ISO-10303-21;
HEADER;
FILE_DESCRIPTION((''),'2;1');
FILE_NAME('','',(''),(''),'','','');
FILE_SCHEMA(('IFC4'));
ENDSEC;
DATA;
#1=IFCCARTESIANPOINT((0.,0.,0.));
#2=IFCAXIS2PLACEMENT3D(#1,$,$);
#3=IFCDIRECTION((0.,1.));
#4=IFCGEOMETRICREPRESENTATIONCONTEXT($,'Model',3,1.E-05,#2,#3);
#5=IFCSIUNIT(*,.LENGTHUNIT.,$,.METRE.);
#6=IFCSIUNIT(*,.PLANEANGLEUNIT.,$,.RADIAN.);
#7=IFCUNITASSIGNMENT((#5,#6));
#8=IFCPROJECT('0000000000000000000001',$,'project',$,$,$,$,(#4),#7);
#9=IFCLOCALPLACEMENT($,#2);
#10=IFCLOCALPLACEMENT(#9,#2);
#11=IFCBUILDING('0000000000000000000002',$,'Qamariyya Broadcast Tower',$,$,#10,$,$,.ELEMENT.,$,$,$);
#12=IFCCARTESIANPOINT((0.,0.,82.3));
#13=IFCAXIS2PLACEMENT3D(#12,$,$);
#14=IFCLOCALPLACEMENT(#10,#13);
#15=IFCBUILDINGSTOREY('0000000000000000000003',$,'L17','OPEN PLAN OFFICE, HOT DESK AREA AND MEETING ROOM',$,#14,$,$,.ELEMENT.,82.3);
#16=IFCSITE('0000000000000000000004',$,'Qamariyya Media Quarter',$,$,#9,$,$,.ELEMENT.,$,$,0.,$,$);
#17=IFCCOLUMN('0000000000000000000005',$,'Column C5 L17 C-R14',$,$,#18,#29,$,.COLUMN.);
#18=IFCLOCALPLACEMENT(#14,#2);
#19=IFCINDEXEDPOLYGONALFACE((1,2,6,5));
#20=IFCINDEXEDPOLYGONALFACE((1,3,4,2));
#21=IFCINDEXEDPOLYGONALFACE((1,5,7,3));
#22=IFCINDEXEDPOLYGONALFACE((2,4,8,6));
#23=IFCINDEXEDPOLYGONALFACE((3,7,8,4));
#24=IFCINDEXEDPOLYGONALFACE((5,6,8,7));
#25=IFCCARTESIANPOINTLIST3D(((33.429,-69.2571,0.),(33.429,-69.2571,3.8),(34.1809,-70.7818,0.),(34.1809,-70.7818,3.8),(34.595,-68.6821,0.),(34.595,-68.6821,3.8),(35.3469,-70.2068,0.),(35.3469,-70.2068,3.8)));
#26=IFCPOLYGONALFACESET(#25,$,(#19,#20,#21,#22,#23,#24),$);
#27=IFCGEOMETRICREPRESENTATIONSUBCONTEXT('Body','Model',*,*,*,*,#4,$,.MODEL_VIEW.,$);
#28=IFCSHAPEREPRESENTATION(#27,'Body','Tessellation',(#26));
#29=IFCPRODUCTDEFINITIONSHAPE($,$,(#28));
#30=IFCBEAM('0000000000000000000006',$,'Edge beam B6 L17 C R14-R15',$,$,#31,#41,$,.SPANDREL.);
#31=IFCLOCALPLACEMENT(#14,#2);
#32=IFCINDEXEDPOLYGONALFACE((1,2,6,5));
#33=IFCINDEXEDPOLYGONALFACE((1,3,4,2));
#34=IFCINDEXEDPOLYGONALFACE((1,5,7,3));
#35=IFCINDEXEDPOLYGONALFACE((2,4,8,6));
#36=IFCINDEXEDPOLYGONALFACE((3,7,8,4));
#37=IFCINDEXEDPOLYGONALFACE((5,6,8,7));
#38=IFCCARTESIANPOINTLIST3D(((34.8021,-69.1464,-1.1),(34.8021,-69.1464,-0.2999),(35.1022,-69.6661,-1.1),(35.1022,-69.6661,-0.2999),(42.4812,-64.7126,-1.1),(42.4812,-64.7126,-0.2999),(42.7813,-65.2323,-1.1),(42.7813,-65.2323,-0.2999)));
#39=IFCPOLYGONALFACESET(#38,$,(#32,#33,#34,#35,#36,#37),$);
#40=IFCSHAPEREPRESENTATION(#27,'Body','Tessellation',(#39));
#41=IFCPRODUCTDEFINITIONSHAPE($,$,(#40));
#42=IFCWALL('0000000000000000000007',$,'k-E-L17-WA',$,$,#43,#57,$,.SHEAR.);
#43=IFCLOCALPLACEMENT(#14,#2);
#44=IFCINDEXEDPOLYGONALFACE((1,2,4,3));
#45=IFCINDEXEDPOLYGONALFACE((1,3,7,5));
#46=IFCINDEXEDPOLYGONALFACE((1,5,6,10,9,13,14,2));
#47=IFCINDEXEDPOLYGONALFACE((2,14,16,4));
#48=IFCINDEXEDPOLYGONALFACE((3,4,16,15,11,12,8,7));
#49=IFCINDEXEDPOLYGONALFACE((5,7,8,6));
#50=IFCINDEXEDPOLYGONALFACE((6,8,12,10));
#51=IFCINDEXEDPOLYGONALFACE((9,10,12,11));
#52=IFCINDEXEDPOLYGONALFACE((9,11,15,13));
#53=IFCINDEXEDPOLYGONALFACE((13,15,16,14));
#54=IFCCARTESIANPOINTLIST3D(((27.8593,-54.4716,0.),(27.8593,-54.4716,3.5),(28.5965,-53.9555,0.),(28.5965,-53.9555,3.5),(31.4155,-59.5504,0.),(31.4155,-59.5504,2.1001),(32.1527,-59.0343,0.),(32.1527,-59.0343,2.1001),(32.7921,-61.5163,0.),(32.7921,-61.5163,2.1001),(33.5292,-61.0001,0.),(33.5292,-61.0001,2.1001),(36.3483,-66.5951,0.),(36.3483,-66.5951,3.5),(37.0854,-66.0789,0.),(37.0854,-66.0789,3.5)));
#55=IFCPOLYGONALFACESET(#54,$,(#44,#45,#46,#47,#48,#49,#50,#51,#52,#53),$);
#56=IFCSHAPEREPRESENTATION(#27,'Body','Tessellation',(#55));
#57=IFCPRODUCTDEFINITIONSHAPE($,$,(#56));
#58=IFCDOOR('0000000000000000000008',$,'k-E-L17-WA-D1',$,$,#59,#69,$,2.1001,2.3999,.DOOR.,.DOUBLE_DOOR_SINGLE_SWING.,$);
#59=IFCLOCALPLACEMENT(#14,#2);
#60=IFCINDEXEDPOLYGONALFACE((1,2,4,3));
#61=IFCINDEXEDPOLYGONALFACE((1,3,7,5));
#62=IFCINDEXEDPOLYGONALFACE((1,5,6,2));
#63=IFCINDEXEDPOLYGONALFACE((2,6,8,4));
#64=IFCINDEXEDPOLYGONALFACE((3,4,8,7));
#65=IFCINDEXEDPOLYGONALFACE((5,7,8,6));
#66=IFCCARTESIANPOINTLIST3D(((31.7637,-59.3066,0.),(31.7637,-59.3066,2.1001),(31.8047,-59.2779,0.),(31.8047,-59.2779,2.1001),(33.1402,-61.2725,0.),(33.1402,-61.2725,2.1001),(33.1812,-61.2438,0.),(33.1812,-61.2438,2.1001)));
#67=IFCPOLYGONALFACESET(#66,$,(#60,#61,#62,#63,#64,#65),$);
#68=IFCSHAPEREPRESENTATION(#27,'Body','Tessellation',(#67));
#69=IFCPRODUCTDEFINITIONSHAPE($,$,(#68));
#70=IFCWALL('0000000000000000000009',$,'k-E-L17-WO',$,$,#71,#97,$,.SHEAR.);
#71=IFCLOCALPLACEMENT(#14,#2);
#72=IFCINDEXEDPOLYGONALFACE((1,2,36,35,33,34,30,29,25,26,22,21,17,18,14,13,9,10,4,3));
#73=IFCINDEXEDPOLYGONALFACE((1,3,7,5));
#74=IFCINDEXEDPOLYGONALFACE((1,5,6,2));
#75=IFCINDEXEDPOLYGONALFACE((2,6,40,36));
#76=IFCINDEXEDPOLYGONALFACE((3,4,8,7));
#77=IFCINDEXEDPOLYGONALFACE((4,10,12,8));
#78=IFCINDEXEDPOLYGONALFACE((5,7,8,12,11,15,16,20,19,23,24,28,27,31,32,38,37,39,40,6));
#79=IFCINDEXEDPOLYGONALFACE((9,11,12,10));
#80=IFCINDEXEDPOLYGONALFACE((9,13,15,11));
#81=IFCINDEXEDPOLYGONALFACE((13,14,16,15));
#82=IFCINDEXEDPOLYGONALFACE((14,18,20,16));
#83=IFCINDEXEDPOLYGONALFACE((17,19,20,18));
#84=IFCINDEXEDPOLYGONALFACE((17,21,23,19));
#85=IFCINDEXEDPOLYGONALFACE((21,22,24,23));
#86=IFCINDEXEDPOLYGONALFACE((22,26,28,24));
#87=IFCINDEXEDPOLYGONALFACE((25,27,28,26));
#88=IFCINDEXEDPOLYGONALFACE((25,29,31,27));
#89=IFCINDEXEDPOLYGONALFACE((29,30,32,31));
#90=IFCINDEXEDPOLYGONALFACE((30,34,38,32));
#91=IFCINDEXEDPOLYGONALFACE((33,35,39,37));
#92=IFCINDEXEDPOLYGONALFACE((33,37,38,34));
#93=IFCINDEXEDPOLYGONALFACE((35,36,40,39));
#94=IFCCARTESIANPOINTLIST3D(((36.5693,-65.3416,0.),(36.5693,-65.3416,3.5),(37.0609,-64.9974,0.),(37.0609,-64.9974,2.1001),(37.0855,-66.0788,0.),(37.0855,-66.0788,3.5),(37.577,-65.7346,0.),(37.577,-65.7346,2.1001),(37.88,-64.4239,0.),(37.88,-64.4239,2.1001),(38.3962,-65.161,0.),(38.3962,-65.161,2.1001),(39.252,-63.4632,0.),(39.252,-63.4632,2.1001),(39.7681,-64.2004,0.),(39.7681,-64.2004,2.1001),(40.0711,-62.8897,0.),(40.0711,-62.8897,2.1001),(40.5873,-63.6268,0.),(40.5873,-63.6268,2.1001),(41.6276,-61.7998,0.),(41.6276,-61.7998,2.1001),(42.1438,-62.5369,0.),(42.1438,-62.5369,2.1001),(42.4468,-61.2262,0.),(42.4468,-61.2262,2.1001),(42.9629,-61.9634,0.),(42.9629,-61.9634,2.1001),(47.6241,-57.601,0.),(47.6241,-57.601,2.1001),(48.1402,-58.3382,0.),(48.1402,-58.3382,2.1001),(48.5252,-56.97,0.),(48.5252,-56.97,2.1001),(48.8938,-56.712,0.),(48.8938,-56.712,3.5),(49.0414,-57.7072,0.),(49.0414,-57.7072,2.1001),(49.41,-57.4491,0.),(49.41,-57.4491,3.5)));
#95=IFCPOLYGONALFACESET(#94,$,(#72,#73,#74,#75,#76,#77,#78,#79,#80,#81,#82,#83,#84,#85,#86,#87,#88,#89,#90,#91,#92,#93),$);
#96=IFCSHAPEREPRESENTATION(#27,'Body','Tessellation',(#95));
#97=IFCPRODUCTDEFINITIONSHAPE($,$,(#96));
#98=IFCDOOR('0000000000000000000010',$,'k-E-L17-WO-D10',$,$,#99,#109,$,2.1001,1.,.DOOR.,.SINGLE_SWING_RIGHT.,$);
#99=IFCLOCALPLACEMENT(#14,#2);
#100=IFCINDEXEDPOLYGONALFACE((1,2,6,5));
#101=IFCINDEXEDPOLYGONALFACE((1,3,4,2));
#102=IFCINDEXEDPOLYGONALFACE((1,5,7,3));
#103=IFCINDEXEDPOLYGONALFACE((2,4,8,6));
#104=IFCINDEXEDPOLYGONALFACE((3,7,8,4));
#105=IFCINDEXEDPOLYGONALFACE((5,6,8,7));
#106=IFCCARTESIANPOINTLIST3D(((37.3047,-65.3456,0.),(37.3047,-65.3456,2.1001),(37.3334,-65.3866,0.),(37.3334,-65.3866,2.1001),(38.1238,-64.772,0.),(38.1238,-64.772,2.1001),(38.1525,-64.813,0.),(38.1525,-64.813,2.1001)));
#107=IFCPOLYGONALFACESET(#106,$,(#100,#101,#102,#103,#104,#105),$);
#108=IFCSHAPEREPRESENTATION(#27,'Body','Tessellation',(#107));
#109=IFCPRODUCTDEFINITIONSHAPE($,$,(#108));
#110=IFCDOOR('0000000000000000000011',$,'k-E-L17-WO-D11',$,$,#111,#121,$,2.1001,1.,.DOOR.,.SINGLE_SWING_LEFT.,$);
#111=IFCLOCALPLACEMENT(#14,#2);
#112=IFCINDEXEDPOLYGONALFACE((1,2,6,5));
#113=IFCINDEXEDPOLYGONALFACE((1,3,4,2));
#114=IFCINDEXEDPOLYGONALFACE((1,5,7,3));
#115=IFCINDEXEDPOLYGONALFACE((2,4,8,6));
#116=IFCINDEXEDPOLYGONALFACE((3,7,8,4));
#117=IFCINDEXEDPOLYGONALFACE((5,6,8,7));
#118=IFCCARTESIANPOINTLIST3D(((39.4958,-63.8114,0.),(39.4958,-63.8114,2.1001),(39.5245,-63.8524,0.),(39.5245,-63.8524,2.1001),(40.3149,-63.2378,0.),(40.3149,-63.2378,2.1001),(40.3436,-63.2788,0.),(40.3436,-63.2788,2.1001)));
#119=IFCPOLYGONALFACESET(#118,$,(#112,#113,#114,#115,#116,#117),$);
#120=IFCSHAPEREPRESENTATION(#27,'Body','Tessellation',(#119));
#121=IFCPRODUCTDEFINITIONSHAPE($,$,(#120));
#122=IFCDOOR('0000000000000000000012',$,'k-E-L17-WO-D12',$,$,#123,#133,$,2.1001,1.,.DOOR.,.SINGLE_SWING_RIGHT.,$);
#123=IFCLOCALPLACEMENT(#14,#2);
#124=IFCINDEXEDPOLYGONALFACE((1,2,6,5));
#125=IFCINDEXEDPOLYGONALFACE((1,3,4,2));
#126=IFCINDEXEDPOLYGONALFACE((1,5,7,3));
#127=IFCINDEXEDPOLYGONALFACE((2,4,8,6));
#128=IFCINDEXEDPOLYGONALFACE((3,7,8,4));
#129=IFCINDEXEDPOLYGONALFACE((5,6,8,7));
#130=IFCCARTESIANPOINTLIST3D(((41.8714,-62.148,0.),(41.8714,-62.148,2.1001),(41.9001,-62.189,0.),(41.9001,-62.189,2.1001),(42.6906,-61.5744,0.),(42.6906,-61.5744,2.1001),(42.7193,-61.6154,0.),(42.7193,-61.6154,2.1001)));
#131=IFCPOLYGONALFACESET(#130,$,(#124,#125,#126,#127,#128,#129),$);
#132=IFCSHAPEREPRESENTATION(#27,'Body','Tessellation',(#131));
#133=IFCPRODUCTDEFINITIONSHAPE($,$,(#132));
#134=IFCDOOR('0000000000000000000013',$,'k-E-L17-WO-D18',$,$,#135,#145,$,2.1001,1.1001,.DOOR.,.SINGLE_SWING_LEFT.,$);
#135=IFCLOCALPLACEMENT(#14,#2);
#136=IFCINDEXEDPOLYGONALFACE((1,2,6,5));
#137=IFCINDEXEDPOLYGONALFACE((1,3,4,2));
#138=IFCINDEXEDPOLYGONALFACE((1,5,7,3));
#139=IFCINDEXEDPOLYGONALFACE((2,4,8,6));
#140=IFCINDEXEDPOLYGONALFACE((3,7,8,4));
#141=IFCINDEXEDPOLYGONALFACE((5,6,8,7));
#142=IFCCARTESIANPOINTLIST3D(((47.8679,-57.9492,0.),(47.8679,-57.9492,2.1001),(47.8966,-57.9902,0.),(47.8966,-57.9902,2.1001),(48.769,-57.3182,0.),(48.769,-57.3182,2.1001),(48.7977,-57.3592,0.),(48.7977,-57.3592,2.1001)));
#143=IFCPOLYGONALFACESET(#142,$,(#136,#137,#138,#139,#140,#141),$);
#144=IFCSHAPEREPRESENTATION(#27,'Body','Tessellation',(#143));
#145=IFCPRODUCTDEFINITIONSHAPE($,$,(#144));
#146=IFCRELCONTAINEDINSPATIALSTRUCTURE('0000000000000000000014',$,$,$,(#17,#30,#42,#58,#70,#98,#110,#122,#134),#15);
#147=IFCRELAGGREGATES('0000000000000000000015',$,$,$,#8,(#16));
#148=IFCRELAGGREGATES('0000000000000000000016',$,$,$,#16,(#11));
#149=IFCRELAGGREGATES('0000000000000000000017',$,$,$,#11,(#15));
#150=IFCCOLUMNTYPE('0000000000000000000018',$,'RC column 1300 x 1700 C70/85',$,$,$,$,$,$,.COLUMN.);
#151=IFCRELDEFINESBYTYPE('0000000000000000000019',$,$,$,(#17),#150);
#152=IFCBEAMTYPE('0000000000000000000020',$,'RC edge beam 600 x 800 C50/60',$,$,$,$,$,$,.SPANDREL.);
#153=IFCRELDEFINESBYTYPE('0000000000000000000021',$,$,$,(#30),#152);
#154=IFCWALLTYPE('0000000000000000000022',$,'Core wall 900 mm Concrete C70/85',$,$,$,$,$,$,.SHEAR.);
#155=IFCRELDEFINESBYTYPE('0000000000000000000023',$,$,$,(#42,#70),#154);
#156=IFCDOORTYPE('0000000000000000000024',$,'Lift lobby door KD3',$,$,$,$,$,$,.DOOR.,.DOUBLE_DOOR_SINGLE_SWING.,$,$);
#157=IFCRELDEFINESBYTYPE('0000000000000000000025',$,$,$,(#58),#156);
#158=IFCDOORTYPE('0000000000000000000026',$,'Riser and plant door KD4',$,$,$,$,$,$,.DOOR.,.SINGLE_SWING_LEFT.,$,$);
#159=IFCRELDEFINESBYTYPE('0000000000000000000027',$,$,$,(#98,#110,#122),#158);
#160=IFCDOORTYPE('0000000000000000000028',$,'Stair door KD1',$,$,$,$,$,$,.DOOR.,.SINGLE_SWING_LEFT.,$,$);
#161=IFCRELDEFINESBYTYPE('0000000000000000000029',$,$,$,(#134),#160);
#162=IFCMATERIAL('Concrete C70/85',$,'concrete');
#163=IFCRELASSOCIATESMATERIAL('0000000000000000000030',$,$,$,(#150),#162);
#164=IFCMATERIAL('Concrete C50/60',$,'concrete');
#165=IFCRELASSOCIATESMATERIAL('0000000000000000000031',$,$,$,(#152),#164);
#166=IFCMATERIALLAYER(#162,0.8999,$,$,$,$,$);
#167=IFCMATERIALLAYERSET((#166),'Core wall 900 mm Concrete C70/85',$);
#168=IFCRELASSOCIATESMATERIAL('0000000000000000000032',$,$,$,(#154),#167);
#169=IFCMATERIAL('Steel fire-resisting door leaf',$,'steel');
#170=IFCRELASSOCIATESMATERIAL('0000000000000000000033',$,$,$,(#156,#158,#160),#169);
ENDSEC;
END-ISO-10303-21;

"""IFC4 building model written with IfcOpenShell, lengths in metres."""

from ifc_helpers import new_model, si_unit, direction, frame, frame_2d, origin, origin_2d, place, context, subcontext, project, spatial, rectangle, extrude, material, layer, layer_set, material_profile, profile_set, type_object, element, fill, save


model = new_model("IFC4")

# Units and contexts
model_context = context("Model", 3, precision=1e-05, world=origin(), true_north=direction((0.0, 1.0)))
body_context = subcontext(model_context, "Body", "Model", "MODEL_VIEW")
ifc_project = project(units=[si_unit("LENGTHUNIT", "METRE"), si_unit("PLANEANGLEUNIT", "RADIAN")], contexts=[model_context])

# Site, building, storey
site_placement = place(None, origin())
site = spatial("IfcSite", under=ifc_project, at=site_placement, Name="Qamariyya Media Quarter", CompositionType="ELEMENT", RefElevation=0.0)
building_placement = place(site_placement, origin())
building = spatial("IfcBuilding", under=site, at=building_placement, Name="Qamariyya Broadcast Tower", CompositionType="ELEMENT")
storey_placement = place(building_placement, frame((0.0, 0.0, 82.3)))
storey = spatial("IfcBuildingStorey", under=building, at=storey_placement, Name="L17", Description="OPEN PLAN OFFICE, HOT DESK AREA AND MEETING ROOM", CompositionType="ELEMENT", Elevation=82.3)

# Column
ifc_material_1 = material(Name="Concrete C70/85", Category="concrete")
ifc_material_profile_1 = material_profile(ifc_material_1, rectangle(XDim=1.3, YDim=1.7, at=origin_2d()))
ifc_profile_set_1 = profile_set([ifc_material_profile_1], Name="Concrete C70/85")
column_type = type_object("IfcColumnType", Name="RC column 1300 x 1700 C70/85", PredefinedType="COLUMN", material=ifc_profile_set_1)
column_placement = place(storey_placement, frame((34.3879, -69.7319, 0.0), z_axis=(0.0, 0.0, 1.0), x_axis=(0.896873, 0.442289, 0.0)))
element("IfcColumn", 1, at=column_placement, inside=storey, type_object=column_type, Name="Column C5 L17 C-R14", PredefinedType="COLUMN", context=body_context, shape_type="SweptSolid", body=[
    extrude(rectangle(XDim=1.3, YDim=1.7, at=origin_2d()), origin(), (0.0, 0.0, 1.0), 3.8),
])

# Beam
ifc_material_2 = material(Name="Concrete C50/60", Category="concrete")
ifc_material_profile_2 = material_profile(ifc_material_2, rectangle(XDim=0.6001, YDim=0.8, at=origin_2d()))
ifc_profile_set_2 = profile_set([ifc_material_profile_2], Name="Concrete C50/60")
beam_type = type_object("IfcBeamType", Name="RC edge beam 600 x 800 C50/60", PredefinedType="SPANDREL", material=ifc_profile_set_2)
beam_placement = place(storey_placement, frame((34.9521, -69.4062, -0.7), z_axis=(0.866013, 0.500021, 0.0), x_axis=(-0.500021, 0.866013, 0.0)))
element("IfcBeam", 2, at=beam_placement, inside=storey, type_object=beam_type, Name="Edge beam B6 L17 C R14-R15", PredefinedType="SPANDREL", context=body_context, shape_type="SweptSolid", body=[
    extrude(rectangle(XDim=0.6001, YDim=0.8, at=origin_2d()), origin(), (0.0, 0.0, 1.0), 8.8672),
])

# Wall, opening, door
ifc_layer_1 = layer(ifc_material_1, 0.8999)
ifc_layer_set_1 = layer_set([ifc_layer_1], Name="Core wall 900 mm Concrete C70/85")
wall_type_1 = type_object("IfcWallType", Name="Core wall 900 mm Concrete C70/85", PredefinedType="SHEAR", material=ifc_layer_set_1)
wall_1_placement = place(storey_placement, frame((36.7168, -66.3369, 0.0), z_axis=(0.0, 0.0, 1.0), x_axis=(-0.573577, 0.819151, 0.0)))
wall_1 = element("IfcWall", 3, at=wall_1_placement, inside=storey, type_object=wall_type_1, Name="k-E-L17-WA", PredefinedType="SHEAR", context=body_context, shape_type="SweptSolid", body=[
    extrude(rectangle(XDim=14.8, YDim=0.8999, at=frame_2d((7.3999, 0.0))), origin(), (0.0, 0.0, 1.0), 3.5),
])
opening_1_placement = place(wall_1_placement, frame((6.2, 0.0, 0.0)))
opening_1 = element("IfcOpeningElement", 4, at=opening_1_placement, cuts=wall_1, PredefinedType="OPENING", context=body_context, shape_type="SweptSolid", body=[
    extrude(rectangle(XDim=2.3999, YDim=2.1001, at=frame_2d((1.2, 1.05))), frame((0.0, 0.46, 0.0), z_axis=(0.0, -1.0, 0.0), x_axis=(1.0, 0.0, 0.0)), (0.0, 0.0, 1.0), 0.9199),
])
ifc_material_3 = material(Name="Steel fire-resisting door leaf", Category="steel")
door_type_1 = type_object("IfcDoorType", Name="Lift lobby door KD3", OperationType="DOUBLE_DOOR_SINGLE_SWING", PredefinedType="DOOR", material=ifc_material_3)
door_1_placement = place(opening_1_placement, origin())
door_1 = element("IfcDoor", 5, at=door_1_placement, inside=storey, type_object=door_type_1, Name="k-E-L17-WA-D1", OperationType="DOUBLE_DOOR_SINGLE_SWING", OverallHeight=2.1001, OverallWidth=2.3999, PredefinedType="DOOR", context=body_context, shape_type="SweptSolid", body=[
    extrude(rectangle(XDim=2.3999, YDim=2.1001, at=frame_2d((1.2, 1.05))), frame((0.0, 0.0249, 0.0), z_axis=(0.0, -1.0, 0.0), x_axis=(1.0, 0.0, 0.0)), (0.0, 0.0, 1.0), 0.05),
])
fill(opening_1, door_1)

# Wall, openings, doors
wall_2_placement = place(storey_placement, frame((36.8274, -65.7102, 0.0), z_axis=(0.0, 0.0, 1.0), x_axis=(0.819153, 0.573575, 0.0)))
wall_2 = element("IfcWall", 6, at=wall_2_placement, inside=storey, type_object=wall_type_1, Name="k-E-L17-WO", PredefinedType="SHEAR", context=body_context, shape_type="SweptSolid", body=[
    extrude(rectangle(XDim=15.0454, YDim=0.8999, at=frame_2d((7.5227, 0.0))), origin(), (0.0, 0.0, 1.0), 3.5),
])
opening_2_placement = place(wall_2_placement, frame((0.6001, 0.0, 0.0)))
opening_2 = element("IfcOpeningElement", 7, at=opening_2_placement, cuts=wall_2, PredefinedType="OPENING", context=body_context, shape_type="SweptSolid", body=[
    extrude(rectangle(XDim=1.0, YDim=2.1001, at=frame_2d((0.5, 1.05))), frame((0.0, 0.46, 0.0), z_axis=(0.0, -1.0, 0.0), x_axis=(1.0, 0.0, 0.0)), (0.0, 0.0, 1.0), 0.9199),
])
opening_3_placement = place(wall_2_placement, frame((3.2749, 0.0, 0.0)))
opening_3 = element("IfcOpeningElement", 8, at=opening_3_placement, cuts=wall_2, PredefinedType="OPENING", context=body_context, shape_type="SweptSolid", body=[
    extrude(rectangle(XDim=1.0, YDim=2.1001, at=frame_2d((0.5, 1.05))), frame((0.0, 0.46, 0.0), z_axis=(0.0, -1.0, 0.0), x_axis=(1.0, 0.0, 0.0)), (0.0, 0.0, 1.0), 0.9199),
])
opening_4_placement = place(wall_2_placement, frame((6.175, 0.0, 0.0)))
opening_4 = element("IfcOpeningElement", 9, at=opening_4_placement, cuts=wall_2, PredefinedType="OPENING", context=body_context, shape_type="SweptSolid", body=[
    extrude(rectangle(XDim=1.0, YDim=2.1001, at=frame_2d((0.5, 1.05))), frame((0.0, 0.46, 0.0), z_axis=(0.0, -1.0, 0.0), x_axis=(1.0, 0.0, 0.0)), (0.0, 0.0, 1.0), 0.9199),
])
opening_5_placement = place(wall_2_placement, frame((13.4954, 0.0, 0.0)))
opening_5 = element("IfcOpeningElement", 10, at=opening_5_placement, cuts=wall_2, PredefinedType="OPENING", context=body_context, shape_type="SweptSolid", body=[
    extrude(rectangle(XDim=1.1001, YDim=2.1001, at=frame_2d((0.55, 1.05))), frame((0.0, 0.46, 0.0), z_axis=(0.0, -1.0, 0.0), x_axis=(1.0, 0.0, 0.0)), (0.0, 0.0, 1.0), 0.9199),
])
door_type_2 = type_object("IfcDoorType", Name="Riser and plant door KD4", OperationType="SINGLE_SWING_LEFT", PredefinedType="DOOR", material=ifc_material_3)
door_2_placement = place(opening_2_placement, origin())
door_2 = element("IfcDoor", 11, at=door_2_placement, inside=storey, type_object=door_type_2, Name="k-E-L17-WO-D10", OperationType="SINGLE_SWING_RIGHT", OverallHeight=2.1001, OverallWidth=1.0, PredefinedType="DOOR", context=body_context, shape_type="SweptSolid", body=[
    extrude(rectangle(XDim=1.0, YDim=2.1001, at=frame_2d((0.5, 1.05))), frame((0.0, 0.0249, 0.0), z_axis=(0.0, -1.0, 0.0), x_axis=(1.0, 0.0, 0.0)), (0.0, 0.0, 1.0), 0.05),
])
fill(opening_2, door_2)
door_3_placement = place(opening_3_placement, origin())
door_3 = element("IfcDoor", 12, at=door_3_placement, inside=storey, type_object=door_type_2, Name="k-E-L17-WO-D11", OperationType="SINGLE_SWING_LEFT", OverallHeight=2.1001, OverallWidth=1.0, PredefinedType="DOOR", context=body_context, shape_type="SweptSolid", body=[
    extrude(rectangle(XDim=1.0, YDim=2.1001, at=frame_2d((0.5, 1.05))), frame((0.0, 0.0249, 0.0), z_axis=(0.0, -1.0, 0.0), x_axis=(1.0, 0.0, 0.0)), (0.0, 0.0, 1.0), 0.05),
])
fill(opening_3, door_3)
door_4_placement = place(opening_4_placement, origin())
door_4 = element("IfcDoor", 13, at=door_4_placement, inside=storey, type_object=door_type_2, Name="k-E-L17-WO-D12", OperationType="SINGLE_SWING_RIGHT", OverallHeight=2.1001, OverallWidth=1.0, PredefinedType="DOOR", context=body_context, shape_type="SweptSolid", body=[
    extrude(rectangle(XDim=1.0, YDim=2.1001, at=frame_2d((0.5, 1.05))), frame((0.0, 0.0249, 0.0), z_axis=(0.0, -1.0, 0.0), x_axis=(1.0, 0.0, 0.0)), (0.0, 0.0, 1.0), 0.05),
])
fill(opening_4, door_4)
door_type_3 = type_object("IfcDoorType", Name="Stair door KD1", OperationType="SINGLE_SWING_LEFT", PredefinedType="DOOR", material=ifc_material_3)
door_5_placement = place(opening_5_placement, origin())
door_5 = element("IfcDoor", 14, at=door_5_placement, inside=storey, type_object=door_type_3, Name="k-E-L17-WO-D18", OperationType="SINGLE_SWING_LEFT", OverallHeight=2.1001, OverallWidth=1.1001, PredefinedType="DOOR", context=body_context, shape_type="SweptSolid", body=[
    extrude(rectangle(XDim=1.1001, YDim=2.1001, at=frame_2d((0.55, 1.05))), frame((0.0, 0.0249, 0.0), z_axis=(0.0, -1.0, 0.0), x_axis=(1.0, 0.0, 0.0)), (0.0, 0.0, 1.0), 0.05),
])
fill(opening_5, door_5)

save(model, "model.ifc")
